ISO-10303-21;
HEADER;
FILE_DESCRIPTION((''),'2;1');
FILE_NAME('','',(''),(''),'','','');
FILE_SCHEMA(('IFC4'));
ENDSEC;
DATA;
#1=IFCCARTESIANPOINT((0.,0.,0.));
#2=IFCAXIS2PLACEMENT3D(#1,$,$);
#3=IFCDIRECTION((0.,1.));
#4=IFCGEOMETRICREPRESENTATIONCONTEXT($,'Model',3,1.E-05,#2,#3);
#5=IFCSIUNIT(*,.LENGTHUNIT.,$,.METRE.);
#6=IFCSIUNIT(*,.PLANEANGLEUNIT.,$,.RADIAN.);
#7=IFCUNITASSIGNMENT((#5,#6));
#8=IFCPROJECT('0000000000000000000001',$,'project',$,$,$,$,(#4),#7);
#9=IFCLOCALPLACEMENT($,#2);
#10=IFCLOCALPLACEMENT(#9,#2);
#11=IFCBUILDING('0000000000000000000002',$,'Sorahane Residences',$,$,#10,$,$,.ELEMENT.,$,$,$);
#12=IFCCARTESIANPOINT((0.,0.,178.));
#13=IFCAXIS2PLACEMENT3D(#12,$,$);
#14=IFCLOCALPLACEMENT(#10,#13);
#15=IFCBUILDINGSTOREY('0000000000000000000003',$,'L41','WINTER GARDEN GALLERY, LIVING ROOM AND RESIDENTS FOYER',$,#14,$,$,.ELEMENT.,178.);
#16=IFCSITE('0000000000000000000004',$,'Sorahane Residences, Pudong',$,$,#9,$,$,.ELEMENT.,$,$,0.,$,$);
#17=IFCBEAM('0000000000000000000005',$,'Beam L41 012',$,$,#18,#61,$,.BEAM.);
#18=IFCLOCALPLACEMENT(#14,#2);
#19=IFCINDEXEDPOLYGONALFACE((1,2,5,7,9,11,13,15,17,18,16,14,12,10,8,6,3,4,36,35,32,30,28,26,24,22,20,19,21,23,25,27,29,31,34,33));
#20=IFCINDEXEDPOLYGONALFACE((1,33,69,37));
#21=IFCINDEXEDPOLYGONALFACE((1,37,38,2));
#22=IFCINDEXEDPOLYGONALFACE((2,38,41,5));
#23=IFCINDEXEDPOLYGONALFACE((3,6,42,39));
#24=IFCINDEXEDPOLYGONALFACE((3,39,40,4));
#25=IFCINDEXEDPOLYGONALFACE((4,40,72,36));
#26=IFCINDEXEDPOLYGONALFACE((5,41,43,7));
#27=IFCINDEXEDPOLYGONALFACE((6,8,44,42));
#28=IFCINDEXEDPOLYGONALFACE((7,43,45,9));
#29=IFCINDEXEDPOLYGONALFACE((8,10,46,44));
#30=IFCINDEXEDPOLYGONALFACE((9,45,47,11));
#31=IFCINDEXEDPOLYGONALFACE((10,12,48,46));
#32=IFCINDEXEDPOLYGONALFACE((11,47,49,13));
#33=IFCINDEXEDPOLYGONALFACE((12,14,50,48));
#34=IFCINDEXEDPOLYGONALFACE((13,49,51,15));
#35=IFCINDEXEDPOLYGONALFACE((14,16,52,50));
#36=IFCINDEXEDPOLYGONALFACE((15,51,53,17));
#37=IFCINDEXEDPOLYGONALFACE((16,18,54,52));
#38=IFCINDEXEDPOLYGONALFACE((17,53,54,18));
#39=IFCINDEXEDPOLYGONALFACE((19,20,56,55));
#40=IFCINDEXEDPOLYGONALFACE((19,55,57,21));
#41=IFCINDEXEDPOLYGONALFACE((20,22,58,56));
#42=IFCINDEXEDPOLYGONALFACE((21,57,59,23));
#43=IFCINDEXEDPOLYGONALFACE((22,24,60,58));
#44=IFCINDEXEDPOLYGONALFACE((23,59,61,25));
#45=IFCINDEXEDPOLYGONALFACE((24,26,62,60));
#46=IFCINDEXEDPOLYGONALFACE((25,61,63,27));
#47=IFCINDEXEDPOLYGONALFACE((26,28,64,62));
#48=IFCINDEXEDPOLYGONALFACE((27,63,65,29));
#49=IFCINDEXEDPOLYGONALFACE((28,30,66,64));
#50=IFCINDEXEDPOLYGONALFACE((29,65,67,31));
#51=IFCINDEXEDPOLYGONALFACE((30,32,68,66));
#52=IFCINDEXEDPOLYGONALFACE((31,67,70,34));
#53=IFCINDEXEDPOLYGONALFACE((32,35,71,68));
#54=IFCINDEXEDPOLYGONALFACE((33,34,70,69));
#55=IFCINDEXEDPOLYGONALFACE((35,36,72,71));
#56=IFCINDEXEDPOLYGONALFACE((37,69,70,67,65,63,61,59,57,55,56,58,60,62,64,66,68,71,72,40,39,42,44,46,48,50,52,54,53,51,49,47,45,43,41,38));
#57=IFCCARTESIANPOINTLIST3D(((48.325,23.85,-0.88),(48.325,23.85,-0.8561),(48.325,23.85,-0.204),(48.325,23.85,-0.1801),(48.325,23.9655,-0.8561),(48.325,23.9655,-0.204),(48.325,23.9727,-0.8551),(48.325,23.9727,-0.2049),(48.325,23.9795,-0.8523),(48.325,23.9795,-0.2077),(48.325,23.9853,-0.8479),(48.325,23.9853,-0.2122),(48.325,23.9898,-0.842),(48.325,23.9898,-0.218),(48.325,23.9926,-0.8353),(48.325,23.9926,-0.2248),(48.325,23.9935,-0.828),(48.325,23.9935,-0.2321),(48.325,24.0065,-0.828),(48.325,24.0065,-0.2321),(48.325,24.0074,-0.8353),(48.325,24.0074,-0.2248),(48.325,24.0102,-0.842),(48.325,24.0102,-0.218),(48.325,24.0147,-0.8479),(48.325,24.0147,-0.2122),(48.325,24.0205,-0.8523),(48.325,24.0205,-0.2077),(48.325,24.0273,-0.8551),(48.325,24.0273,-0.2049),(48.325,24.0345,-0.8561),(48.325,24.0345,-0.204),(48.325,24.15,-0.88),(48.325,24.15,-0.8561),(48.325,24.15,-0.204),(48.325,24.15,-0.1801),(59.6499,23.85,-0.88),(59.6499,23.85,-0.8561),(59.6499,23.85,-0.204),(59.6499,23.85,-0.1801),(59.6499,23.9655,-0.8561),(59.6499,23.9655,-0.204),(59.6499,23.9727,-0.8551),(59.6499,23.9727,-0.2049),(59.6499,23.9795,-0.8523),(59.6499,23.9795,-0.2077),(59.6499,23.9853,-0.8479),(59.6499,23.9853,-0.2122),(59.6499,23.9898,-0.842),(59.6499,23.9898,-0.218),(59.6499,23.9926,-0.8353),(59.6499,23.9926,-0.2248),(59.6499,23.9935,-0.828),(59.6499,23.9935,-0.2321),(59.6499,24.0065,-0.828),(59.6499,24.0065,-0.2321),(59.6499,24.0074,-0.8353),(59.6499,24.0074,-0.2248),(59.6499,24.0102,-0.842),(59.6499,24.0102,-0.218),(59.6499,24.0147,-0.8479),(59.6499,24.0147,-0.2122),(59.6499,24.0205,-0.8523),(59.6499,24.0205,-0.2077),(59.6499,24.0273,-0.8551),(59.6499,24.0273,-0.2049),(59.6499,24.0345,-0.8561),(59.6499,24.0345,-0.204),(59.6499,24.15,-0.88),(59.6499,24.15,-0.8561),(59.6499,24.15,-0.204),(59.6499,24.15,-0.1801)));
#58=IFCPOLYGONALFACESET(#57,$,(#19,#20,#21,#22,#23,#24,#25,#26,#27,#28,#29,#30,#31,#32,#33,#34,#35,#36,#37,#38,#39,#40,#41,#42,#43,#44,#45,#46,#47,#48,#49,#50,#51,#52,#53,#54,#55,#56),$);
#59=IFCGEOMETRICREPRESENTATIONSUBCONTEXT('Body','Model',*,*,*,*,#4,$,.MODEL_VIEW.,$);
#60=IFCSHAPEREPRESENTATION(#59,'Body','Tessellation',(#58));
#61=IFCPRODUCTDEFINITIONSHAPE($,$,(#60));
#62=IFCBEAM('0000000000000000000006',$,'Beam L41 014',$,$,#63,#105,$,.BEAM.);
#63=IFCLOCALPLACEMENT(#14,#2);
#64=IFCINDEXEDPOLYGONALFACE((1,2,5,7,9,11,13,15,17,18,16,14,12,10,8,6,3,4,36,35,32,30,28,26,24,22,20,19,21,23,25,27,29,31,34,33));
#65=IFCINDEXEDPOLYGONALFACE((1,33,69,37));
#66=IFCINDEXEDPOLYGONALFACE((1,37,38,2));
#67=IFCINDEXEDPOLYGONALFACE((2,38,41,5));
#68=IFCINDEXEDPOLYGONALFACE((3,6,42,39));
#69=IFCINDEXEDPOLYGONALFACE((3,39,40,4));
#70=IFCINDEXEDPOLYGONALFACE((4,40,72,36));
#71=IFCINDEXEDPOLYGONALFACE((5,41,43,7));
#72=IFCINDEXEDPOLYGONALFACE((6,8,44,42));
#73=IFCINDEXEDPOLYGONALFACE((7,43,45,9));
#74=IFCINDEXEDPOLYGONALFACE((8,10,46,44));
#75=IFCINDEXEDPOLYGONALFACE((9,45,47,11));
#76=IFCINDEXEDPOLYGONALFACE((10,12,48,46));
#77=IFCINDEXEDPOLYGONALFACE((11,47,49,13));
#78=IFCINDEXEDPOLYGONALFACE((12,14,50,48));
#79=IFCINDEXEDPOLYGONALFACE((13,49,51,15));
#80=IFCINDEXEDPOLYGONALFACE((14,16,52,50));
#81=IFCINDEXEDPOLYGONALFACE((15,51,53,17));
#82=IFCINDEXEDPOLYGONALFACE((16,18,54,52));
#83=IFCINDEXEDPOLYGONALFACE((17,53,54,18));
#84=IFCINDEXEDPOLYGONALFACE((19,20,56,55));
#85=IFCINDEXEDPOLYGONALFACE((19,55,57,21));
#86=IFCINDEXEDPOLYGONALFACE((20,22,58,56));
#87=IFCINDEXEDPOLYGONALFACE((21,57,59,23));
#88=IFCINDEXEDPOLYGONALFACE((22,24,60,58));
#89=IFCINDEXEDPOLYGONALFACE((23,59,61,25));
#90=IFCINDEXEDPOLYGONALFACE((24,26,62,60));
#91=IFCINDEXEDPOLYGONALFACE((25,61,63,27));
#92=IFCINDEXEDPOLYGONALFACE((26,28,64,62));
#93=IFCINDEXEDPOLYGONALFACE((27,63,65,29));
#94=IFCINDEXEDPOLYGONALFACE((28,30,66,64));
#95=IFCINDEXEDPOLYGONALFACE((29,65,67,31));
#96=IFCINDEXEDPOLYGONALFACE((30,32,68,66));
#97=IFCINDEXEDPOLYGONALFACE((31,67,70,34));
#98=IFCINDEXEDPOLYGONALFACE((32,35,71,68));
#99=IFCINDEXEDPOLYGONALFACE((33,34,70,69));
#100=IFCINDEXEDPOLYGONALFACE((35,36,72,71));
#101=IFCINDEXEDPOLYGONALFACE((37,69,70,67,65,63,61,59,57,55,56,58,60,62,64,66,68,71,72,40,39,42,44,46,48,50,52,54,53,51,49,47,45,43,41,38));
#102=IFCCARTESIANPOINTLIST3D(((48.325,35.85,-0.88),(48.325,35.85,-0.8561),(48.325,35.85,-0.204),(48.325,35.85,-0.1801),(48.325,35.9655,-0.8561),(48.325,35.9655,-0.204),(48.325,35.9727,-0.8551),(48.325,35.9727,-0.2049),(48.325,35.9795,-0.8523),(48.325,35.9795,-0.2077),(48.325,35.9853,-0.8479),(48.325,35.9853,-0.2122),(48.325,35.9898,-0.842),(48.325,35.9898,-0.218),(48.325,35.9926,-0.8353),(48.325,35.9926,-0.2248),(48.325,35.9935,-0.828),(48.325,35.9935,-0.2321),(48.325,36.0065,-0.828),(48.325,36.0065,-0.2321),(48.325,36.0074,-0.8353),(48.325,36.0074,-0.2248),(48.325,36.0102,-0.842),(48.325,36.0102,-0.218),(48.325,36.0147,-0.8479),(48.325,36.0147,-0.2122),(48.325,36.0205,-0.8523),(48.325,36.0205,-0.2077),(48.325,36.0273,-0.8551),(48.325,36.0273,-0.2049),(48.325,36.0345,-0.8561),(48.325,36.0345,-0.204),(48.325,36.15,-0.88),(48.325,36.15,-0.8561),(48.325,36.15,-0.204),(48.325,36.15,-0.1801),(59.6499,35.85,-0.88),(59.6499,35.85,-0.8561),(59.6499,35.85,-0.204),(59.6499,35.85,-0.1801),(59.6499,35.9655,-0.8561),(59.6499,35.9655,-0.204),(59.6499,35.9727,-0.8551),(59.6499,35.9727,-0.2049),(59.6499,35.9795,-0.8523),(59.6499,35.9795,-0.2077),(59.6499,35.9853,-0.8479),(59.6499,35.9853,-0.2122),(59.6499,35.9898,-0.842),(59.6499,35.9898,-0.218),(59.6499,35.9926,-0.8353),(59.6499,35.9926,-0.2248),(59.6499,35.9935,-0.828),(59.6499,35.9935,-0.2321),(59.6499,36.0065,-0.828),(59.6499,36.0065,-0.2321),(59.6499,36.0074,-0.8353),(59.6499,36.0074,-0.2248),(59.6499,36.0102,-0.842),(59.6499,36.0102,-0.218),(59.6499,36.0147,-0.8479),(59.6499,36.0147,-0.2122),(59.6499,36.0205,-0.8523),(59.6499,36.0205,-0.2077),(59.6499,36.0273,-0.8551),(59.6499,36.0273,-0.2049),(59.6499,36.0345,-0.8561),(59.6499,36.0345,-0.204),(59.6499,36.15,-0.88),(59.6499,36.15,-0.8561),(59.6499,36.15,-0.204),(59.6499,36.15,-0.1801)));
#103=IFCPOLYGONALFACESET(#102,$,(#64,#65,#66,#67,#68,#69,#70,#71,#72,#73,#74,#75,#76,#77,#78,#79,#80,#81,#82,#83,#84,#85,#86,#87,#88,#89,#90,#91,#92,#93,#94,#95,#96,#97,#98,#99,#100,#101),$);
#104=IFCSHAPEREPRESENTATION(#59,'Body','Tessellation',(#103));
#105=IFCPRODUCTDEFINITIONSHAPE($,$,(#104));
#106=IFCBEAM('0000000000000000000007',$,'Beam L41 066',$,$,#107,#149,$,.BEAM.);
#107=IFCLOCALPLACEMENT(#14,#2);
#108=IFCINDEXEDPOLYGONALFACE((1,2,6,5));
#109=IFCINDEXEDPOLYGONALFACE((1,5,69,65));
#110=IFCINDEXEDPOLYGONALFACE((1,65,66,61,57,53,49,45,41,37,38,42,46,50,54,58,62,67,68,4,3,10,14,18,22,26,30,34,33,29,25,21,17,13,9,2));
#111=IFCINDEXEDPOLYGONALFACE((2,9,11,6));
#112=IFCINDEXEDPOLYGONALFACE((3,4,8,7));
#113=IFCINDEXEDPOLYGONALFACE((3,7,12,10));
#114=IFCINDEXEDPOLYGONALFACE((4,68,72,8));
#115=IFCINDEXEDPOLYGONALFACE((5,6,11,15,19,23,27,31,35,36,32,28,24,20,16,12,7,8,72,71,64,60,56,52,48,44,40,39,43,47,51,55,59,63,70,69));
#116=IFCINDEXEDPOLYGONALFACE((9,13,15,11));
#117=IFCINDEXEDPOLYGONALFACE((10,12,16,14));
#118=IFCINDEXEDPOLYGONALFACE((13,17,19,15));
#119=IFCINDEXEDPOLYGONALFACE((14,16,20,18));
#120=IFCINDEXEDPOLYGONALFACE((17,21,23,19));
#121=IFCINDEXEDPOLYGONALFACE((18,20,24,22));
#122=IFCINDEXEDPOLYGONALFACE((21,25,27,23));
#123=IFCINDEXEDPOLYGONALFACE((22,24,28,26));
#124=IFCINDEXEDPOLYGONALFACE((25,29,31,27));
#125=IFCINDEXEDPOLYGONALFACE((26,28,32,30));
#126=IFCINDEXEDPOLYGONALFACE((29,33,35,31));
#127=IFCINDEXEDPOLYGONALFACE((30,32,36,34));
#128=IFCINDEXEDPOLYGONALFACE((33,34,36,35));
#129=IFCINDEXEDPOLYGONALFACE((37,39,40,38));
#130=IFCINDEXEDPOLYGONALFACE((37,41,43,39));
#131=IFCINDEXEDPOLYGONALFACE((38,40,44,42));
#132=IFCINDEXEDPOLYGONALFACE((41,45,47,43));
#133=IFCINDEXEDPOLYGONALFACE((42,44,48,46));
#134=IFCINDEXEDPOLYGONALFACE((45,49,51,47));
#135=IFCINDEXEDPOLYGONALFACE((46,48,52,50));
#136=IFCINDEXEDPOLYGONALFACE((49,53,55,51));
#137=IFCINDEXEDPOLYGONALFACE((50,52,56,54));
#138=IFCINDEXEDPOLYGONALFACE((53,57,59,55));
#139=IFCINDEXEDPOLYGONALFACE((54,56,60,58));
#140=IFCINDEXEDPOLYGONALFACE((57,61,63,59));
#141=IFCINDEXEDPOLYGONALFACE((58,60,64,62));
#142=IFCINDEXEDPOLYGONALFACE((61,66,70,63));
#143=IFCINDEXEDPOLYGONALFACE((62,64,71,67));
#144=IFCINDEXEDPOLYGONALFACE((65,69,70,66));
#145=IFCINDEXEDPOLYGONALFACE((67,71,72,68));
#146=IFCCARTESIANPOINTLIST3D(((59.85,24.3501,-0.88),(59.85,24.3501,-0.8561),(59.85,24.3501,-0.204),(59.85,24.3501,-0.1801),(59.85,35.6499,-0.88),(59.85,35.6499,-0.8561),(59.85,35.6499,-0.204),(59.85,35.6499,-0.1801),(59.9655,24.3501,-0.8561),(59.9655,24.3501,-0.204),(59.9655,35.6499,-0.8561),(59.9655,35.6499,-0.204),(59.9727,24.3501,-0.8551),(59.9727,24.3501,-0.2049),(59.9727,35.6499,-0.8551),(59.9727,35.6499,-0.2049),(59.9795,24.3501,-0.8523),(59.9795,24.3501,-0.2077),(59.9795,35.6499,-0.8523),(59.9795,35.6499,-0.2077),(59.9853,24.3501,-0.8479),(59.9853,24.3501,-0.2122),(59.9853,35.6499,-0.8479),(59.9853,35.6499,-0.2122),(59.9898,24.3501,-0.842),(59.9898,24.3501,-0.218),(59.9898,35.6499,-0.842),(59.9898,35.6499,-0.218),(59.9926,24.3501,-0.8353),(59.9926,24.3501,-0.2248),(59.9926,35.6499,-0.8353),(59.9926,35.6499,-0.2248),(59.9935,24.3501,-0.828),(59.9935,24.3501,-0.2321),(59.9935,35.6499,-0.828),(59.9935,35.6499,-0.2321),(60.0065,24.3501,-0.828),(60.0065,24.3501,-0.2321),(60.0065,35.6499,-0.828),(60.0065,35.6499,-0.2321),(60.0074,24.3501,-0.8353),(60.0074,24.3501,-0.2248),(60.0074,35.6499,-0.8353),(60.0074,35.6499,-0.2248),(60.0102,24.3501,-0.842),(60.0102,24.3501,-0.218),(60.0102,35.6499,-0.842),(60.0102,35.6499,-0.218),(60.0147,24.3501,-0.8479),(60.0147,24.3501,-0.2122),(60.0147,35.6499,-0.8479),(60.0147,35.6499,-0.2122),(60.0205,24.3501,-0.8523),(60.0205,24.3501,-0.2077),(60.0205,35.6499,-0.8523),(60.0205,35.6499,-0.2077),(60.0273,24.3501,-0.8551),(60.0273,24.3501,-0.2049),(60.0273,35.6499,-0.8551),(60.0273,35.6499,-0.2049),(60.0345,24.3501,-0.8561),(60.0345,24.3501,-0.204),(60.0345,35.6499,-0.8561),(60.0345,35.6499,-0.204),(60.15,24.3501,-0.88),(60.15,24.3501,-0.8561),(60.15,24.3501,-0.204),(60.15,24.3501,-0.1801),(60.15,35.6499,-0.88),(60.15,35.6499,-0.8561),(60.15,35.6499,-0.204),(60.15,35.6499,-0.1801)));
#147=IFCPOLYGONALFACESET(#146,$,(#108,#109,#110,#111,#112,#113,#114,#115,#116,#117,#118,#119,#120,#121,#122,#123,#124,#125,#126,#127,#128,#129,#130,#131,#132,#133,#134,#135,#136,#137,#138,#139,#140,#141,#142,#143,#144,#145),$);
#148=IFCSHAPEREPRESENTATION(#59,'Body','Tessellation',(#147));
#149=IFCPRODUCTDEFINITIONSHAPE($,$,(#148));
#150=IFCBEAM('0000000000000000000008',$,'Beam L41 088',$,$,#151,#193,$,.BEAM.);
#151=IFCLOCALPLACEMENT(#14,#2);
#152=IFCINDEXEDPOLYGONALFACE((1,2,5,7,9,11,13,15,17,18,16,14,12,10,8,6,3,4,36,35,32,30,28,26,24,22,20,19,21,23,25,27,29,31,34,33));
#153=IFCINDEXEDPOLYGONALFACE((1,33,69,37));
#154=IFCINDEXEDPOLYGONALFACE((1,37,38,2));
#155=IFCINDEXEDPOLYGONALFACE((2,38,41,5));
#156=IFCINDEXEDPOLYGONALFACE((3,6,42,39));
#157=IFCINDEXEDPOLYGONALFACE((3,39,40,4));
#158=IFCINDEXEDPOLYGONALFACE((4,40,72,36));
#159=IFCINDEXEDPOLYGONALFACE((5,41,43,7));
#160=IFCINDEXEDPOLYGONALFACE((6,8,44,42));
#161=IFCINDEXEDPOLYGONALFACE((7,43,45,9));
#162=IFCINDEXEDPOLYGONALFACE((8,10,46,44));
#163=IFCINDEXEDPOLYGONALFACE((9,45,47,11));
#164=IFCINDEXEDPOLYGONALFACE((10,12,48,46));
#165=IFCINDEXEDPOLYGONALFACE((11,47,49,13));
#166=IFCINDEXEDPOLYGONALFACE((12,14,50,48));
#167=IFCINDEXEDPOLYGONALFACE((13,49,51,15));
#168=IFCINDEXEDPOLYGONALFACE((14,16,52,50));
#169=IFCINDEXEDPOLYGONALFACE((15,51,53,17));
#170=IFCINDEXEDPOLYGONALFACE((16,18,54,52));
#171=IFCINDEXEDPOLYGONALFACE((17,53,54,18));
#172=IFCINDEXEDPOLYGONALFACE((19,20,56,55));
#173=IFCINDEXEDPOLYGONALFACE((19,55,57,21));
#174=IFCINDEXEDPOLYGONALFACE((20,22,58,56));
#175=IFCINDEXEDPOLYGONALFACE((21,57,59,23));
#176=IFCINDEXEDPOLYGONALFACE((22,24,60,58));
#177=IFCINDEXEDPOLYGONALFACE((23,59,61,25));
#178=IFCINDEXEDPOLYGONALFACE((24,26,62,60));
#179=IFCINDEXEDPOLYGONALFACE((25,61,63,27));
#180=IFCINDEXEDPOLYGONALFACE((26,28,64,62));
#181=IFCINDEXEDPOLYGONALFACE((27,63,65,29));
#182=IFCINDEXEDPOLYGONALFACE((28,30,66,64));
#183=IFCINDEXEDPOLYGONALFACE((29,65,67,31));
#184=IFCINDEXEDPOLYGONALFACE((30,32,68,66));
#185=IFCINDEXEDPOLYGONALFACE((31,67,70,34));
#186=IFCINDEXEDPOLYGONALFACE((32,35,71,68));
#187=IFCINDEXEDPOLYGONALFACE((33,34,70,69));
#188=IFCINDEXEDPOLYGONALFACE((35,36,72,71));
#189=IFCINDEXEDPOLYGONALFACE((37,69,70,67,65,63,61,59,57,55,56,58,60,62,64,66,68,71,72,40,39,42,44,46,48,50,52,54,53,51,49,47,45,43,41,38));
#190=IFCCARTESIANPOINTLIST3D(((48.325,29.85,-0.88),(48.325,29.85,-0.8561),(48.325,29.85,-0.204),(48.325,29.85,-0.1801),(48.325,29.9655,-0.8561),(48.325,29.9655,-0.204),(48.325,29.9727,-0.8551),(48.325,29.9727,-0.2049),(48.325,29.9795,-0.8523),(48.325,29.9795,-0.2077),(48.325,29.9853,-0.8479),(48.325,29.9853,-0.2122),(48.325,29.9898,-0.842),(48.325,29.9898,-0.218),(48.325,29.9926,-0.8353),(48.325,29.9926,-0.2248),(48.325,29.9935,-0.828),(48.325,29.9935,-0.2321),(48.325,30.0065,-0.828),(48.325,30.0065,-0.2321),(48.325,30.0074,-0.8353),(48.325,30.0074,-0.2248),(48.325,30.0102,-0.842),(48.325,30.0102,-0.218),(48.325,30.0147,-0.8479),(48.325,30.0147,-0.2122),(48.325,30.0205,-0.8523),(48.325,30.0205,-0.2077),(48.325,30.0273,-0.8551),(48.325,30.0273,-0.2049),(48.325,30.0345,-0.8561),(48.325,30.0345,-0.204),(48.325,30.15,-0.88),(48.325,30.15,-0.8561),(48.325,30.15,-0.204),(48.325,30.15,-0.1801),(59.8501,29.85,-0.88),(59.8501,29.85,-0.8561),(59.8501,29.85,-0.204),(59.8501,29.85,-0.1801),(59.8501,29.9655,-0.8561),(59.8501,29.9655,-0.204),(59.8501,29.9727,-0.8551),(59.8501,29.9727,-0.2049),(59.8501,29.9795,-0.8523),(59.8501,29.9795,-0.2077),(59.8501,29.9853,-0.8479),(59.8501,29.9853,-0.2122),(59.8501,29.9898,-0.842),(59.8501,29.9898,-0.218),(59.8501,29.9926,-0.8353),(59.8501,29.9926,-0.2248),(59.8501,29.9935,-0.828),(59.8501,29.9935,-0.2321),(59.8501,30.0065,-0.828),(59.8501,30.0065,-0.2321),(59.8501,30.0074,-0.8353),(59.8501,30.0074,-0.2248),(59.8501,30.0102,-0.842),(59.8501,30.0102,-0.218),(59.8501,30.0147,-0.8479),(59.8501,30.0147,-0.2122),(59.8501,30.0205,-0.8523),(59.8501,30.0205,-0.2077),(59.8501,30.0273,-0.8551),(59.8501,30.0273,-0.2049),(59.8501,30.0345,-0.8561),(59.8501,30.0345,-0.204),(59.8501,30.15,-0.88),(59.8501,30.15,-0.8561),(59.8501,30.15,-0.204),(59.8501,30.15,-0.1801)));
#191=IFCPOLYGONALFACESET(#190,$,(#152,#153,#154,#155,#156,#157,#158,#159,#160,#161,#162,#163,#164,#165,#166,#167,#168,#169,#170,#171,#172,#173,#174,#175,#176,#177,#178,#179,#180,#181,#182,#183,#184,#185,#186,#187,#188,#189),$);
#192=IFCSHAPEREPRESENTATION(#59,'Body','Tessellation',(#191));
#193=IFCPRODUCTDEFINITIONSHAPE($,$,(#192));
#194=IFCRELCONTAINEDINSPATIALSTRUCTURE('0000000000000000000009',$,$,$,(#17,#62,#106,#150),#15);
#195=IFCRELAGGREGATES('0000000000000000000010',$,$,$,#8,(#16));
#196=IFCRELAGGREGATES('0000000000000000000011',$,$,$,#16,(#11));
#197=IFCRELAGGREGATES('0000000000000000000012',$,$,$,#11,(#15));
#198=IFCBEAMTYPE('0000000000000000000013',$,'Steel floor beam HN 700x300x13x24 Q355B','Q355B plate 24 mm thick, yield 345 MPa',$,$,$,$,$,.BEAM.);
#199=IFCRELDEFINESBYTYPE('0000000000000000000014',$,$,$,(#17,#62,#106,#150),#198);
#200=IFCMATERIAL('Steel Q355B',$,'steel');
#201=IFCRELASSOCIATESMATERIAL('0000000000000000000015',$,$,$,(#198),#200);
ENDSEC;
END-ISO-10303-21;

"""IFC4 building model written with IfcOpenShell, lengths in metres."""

from ifc_helpers import new_model, si_unit, direction, frame, origin, origin_2d, place, context, subcontext, project, spatial, i_section, extrude, material, material_profile, profile_set, type_object, element, save


model = new_model("IFC4")

# Units and contexts
model_context = context("Model", 3, precision=1e-05, world=origin(), true_north=direction((0.0, 1.0)))
body_context = subcontext(model_context, "Body", "Model", "MODEL_VIEW")
ifc_project = project(units=[si_unit("LENGTHUNIT", "METRE"), si_unit("PLANEANGLEUNIT", "RADIAN")], contexts=[model_context])

# Site, building, storey
site_placement = place(None, origin())
site = spatial("IfcSite", under=ifc_project, at=site_placement, Name="Sorahane Residences, Pudong", CompositionType="ELEMENT", RefElevation=0.0)
building_placement = place(site_placement, origin())
building = spatial("IfcBuilding", under=site, at=building_placement, Name="Sorahane Residences", CompositionType="ELEMENT")
storey_placement = place(building_placement, frame((0.0, 0.0, 178.0)))
storey = spatial("IfcBuildingStorey", under=building, at=storey_placement, Name="L41", Description="WINTER GARDEN GALLERY, LIVING ROOM AND RESIDENTS FOYER", CompositionType="ELEMENT", Elevation=178.0)

# Beams
ifc_material_1 = material(Name="Steel Q355B", Category="steel")
ifc_material_profile_1 = material_profile(ifc_material_1, i_section(OverallWidth=0.3, OverallDepth=0.7, WebThickness=0.0129, FlangeThickness=0.0239, FilletRadius=0.0281, at=origin_2d()), Name="HN 700x300x13x24")
ifc_profile_set_1 = profile_set([ifc_material_profile_1], Name="Steel Q355B")
beam_type_1 = type_object("IfcBeamType", Name="Steel floor beam HN 700x300x13x24 Q355B", Description="Q355B plate 24 mm thick, yield 345 MPa", PredefinedType="BEAM", material=ifc_profile_set_1)
for number, where, z_axis, x_axis, name in (
    (1, (48.325, 24.0, -0.53), (1.0, 0.0, 0.0), (0.0, 1.0, 0.0), "Beam L41 012"),
    (2, (48.325, 36.0, -0.53), (1.0, 0.0, 0.0), (0.0, 1.0, 0.0), "Beam L41 014"),
):
    element("IfcBeam", number, at=place(storey_placement, frame(where, z_axis=z_axis, x_axis=x_axis)), inside=storey, type_object=beam_type_1, Name=name, PredefinedType="BEAM", context=body_context, shape_type="SweptSolid", body=[
        extrude(i_section(OverallWidth=0.3, OverallDepth=0.7, WebThickness=0.0129, FlangeThickness=0.0239, FilletRadius=0.0281, at=origin_2d()), origin(), (0.0, 0.0, 1.0), 11.325),
    ])
beam_1_placement = place(storey_placement, frame((60.0, 24.3501, -0.53), z_axis=(0.0, 1.0, 0.0), x_axis=(-1.0, 0.0, 0.0)))
element("IfcBeam", 3, at=beam_1_placement, inside=storey, type_object=beam_type_1, Name="Beam L41 066", PredefinedType="BEAM", context=body_context, shape_type="SweptSolid", body=[
    extrude(i_section(OverallWidth=0.3, OverallDepth=0.7, WebThickness=0.0129, FlangeThickness=0.0239, FilletRadius=0.0281, at=origin_2d()), origin(), (0.0, 0.0, 1.0), 11.2998),
])
beam_2_placement = place(storey_placement, frame((48.325, 30.0, -0.53), z_axis=(1.0, 0.0, 0.0), x_axis=(0.0, 1.0, 0.0)))
element("IfcBeam", 4, at=beam_2_placement, inside=storey, type_object=beam_type_1, Name="Beam L41 088", PredefinedType="BEAM", context=body_context, shape_type="SweptSolid", body=[
    extrude(i_section(OverallWidth=0.3, OverallDepth=0.7, WebThickness=0.0129, FlangeThickness=0.0239, FilletRadius=0.0281, at=origin_2d()), origin(), (0.0, 0.0, 1.0), 11.5251),
])

save(model, "model.ifc")
